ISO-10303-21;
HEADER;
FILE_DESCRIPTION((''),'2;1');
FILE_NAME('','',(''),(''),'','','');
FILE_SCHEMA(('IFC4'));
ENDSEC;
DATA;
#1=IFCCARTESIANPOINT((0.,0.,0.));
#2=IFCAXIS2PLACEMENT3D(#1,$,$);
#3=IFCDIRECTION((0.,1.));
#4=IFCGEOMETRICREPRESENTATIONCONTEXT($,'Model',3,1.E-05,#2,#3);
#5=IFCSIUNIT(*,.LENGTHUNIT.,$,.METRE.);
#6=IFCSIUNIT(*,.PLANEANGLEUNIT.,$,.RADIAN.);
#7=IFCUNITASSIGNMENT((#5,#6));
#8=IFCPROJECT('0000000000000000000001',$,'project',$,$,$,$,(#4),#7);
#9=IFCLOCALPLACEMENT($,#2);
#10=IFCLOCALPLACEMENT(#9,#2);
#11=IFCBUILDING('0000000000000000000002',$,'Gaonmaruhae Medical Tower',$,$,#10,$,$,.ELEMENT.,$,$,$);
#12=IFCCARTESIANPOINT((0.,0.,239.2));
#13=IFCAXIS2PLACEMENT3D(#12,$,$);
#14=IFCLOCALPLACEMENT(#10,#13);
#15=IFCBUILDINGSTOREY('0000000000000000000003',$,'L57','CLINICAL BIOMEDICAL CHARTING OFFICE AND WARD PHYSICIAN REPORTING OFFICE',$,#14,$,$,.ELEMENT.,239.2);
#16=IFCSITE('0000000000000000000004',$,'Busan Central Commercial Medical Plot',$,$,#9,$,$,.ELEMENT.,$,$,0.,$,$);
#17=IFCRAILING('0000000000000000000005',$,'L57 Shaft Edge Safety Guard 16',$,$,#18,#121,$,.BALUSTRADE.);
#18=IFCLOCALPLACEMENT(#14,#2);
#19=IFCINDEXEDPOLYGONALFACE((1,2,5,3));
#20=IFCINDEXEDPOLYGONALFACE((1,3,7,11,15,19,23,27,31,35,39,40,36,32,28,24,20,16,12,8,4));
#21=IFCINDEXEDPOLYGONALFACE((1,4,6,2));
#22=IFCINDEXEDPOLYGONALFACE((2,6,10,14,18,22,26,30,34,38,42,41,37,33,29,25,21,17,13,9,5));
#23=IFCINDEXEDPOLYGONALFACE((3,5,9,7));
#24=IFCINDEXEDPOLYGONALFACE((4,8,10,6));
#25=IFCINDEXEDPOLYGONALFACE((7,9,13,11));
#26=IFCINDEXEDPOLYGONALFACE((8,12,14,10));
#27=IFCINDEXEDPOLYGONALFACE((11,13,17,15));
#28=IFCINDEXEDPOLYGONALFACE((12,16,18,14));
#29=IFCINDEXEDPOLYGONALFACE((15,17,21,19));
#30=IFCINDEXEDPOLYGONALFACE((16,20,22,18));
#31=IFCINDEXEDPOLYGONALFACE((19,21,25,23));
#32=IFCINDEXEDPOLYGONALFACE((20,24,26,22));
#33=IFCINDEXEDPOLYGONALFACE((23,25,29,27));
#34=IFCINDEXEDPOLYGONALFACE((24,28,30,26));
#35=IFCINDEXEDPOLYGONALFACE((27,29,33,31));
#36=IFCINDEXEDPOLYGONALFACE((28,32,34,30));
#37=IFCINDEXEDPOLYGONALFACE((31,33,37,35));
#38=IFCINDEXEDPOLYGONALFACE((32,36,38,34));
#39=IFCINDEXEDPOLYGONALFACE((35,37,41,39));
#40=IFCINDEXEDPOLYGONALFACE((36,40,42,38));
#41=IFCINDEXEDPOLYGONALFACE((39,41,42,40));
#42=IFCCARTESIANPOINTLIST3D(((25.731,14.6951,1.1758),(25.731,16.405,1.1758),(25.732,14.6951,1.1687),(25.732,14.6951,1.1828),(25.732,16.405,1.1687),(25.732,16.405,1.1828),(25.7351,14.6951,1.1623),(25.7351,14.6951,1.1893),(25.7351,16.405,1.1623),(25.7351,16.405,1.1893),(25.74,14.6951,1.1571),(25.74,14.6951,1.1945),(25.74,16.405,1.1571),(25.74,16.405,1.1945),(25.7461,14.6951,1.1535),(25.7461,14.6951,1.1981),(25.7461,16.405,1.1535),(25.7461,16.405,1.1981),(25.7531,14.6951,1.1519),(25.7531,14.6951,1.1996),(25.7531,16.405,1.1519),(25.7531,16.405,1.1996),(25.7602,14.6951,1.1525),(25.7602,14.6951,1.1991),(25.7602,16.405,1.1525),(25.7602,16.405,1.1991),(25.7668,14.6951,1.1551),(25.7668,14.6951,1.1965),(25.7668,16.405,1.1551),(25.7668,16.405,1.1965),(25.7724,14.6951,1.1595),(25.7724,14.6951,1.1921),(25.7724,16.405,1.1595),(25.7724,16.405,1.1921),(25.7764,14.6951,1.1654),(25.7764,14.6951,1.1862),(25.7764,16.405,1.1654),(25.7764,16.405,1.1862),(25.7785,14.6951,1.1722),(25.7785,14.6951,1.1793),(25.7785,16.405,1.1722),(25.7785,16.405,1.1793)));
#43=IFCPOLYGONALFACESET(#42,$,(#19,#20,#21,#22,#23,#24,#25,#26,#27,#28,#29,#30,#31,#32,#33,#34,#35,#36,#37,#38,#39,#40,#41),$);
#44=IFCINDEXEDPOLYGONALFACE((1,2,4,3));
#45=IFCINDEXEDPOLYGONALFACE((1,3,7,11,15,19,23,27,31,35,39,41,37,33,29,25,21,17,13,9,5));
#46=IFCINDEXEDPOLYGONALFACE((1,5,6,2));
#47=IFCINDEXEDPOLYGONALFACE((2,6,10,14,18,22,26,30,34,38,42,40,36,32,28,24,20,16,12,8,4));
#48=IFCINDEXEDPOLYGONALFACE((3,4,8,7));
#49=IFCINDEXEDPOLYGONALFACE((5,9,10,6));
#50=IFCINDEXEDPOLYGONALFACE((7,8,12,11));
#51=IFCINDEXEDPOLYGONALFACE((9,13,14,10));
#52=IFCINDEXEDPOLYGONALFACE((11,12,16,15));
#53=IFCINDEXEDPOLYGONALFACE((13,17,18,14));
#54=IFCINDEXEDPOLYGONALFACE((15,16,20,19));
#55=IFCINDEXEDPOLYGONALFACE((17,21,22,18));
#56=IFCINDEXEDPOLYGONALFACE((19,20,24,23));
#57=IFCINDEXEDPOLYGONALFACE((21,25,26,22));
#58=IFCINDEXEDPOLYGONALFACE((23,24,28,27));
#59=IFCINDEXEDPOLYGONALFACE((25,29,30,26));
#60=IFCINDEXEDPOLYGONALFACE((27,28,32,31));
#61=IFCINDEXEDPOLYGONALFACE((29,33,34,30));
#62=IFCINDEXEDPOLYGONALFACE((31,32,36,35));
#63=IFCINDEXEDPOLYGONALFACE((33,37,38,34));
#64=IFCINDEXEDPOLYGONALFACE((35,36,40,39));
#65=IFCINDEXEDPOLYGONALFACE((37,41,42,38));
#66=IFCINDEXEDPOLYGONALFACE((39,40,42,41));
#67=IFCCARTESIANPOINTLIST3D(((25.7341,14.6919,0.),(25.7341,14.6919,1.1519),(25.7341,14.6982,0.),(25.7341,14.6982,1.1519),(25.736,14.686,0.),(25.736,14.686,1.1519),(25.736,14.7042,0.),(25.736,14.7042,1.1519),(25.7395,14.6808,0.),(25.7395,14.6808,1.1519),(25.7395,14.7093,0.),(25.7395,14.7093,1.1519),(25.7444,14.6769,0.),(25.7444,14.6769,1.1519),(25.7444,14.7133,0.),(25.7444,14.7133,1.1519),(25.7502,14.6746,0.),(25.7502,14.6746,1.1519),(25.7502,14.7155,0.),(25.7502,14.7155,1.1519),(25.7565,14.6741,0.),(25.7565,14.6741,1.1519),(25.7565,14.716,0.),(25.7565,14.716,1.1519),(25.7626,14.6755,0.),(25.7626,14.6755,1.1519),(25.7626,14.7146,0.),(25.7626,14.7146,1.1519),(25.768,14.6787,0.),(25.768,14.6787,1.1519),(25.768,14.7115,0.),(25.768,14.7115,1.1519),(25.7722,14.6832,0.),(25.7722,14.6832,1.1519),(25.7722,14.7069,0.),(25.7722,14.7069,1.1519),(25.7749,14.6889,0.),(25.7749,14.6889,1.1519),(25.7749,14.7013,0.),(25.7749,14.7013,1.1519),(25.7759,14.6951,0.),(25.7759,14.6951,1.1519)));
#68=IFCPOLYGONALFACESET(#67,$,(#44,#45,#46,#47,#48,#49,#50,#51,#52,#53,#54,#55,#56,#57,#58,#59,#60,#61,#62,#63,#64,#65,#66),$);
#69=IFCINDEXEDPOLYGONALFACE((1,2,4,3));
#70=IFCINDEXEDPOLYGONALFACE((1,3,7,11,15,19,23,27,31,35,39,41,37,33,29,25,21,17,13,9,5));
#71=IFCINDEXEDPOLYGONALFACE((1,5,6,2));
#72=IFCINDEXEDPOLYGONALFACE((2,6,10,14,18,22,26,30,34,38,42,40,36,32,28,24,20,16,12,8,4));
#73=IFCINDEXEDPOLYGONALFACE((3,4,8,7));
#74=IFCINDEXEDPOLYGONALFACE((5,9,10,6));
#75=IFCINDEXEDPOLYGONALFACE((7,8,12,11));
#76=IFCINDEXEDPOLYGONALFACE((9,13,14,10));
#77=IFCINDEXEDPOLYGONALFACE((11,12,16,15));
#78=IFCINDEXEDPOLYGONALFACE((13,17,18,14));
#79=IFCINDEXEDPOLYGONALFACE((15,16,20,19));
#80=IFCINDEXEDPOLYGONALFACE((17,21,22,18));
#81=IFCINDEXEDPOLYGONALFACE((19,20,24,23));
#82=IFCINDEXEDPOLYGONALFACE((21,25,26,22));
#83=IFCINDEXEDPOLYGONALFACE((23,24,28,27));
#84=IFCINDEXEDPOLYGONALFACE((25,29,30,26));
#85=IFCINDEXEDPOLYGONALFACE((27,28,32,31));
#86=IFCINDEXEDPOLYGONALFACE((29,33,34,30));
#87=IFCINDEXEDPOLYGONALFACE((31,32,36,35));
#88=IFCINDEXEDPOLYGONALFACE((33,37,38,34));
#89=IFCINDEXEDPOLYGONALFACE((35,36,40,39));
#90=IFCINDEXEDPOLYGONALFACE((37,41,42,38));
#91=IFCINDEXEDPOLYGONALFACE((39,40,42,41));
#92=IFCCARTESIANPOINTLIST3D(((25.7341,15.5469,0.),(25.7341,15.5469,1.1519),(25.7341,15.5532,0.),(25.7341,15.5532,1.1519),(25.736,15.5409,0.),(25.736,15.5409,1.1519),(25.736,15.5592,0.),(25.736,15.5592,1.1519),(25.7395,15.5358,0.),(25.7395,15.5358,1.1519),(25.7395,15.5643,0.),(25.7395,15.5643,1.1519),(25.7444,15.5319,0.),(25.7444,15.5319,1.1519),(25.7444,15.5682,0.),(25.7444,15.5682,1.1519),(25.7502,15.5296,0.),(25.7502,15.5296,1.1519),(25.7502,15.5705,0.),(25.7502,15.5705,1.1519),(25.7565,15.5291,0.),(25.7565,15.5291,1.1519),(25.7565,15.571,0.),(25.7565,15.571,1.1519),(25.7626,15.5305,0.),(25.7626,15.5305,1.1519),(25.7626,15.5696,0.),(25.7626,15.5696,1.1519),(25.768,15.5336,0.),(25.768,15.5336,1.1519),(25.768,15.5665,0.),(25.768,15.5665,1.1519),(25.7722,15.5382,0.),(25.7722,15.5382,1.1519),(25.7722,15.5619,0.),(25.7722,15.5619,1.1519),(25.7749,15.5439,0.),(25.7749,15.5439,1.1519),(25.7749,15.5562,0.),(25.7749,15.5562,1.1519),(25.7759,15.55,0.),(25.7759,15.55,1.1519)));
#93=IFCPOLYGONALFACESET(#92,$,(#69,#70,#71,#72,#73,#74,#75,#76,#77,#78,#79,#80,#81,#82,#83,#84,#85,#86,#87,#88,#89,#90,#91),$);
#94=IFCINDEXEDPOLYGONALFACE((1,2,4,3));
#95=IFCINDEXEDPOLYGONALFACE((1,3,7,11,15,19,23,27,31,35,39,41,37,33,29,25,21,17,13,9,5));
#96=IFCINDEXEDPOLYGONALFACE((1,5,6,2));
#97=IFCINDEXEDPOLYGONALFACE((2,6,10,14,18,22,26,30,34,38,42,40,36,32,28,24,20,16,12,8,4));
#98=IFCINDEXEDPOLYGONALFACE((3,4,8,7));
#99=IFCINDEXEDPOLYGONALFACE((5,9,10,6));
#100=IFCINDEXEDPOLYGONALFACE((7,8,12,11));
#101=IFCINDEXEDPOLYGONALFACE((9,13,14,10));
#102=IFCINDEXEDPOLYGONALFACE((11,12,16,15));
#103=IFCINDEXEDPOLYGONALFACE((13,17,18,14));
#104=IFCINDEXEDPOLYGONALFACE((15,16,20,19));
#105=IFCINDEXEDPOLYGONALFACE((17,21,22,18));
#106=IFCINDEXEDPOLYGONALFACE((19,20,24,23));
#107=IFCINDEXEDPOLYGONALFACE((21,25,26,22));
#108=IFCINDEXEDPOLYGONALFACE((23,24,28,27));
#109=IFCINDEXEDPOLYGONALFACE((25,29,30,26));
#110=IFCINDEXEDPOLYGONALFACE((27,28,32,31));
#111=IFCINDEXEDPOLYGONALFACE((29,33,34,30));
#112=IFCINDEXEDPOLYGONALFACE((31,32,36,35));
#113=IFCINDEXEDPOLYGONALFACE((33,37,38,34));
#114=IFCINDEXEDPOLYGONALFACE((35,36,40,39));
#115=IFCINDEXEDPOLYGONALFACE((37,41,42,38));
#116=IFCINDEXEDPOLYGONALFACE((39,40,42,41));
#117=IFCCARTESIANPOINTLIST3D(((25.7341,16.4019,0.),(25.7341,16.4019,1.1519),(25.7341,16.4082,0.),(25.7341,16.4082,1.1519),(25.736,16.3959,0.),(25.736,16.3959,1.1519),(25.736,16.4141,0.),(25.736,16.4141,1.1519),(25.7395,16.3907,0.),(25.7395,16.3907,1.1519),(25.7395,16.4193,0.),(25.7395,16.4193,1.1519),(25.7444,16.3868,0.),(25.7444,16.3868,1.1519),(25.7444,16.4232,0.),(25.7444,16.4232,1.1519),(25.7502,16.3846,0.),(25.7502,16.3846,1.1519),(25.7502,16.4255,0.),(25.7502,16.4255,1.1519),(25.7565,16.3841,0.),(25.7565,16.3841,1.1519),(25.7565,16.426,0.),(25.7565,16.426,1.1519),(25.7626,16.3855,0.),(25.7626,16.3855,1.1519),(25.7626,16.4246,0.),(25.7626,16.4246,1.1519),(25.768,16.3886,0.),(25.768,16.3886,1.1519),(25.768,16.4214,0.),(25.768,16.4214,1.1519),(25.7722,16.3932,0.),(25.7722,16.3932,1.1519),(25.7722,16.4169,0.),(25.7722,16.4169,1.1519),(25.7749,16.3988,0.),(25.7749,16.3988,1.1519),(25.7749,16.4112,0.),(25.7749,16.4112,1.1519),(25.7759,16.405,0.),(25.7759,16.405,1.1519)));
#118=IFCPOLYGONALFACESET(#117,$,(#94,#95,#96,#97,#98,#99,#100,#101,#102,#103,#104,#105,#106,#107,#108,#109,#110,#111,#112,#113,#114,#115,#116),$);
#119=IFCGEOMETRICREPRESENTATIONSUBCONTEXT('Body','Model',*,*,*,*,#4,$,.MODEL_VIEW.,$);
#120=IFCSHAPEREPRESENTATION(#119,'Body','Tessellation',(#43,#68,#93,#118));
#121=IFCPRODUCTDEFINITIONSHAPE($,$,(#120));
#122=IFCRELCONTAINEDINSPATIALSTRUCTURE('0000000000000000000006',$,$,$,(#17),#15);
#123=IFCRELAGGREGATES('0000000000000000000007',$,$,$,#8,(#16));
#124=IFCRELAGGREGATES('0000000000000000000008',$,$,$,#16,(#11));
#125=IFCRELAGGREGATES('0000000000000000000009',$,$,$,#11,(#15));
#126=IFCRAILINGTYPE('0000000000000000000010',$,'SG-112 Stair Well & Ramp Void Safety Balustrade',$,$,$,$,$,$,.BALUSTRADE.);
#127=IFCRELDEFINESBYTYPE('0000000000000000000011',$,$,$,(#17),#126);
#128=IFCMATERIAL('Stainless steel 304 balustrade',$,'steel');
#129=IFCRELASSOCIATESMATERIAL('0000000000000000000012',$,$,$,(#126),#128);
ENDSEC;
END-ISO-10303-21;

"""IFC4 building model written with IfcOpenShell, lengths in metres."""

from ifc_helpers import new_model, si_unit, direction, frame, origin, origin_2d, place, context, subcontext, project, spatial, circle, extrude, material, type_object, element, save


model = new_model("IFC4")

# Units and contexts
model_context = context("Model", 3, precision=1e-05, world=origin(), true_north=direction((0.0, 1.0)))
body_context = subcontext(model_context, "Body", "Model", "MODEL_VIEW")
ifc_project = project(units=[si_unit("LENGTHUNIT", "METRE"), si_unit("PLANEANGLEUNIT", "RADIAN")], contexts=[model_context])

# Site, building, storey
site_placement = place(None, origin())
site = spatial("IfcSite", under=ifc_project, at=site_placement, Name="Busan Central Commercial Medical Plot", CompositionType="ELEMENT", RefElevation=0.0)
building_placement = place(site_placement, origin())
building = spatial("IfcBuilding", under=site, at=building_placement, Name="Gaonmaruhae Medical Tower", CompositionType="ELEMENT")
storey_placement = place(building_placement, frame((0.0, 0.0, 239.2)))
storey = spatial("IfcBuildingStorey", under=building, at=storey_placement, Name="L57", Description="CLINICAL BIOMEDICAL CHARTING OFFICE AND WARD PHYSICIAN REPORTING OFFICE", CompositionType="ELEMENT", Elevation=239.2)

# Railing
ifc_material_1 = material(Name="Stainless steel 304 balustrade", Category="steel")
railing_type_1 = type_object("IfcRailingType", Name="SG-112 Stair Well & Ramp Void Safety Balustrade", PredefinedType="BALUSTRADE", material=ifc_material_1)
railing_1_placement = place(storey_placement, frame((25.7549, 14.6951, 0.0)))
element("IfcRailing", 1, at=railing_1_placement, inside=storey, type_object=railing_type_1, Name="L57 Shaft Edge Safety Guard 16", PredefinedType="BALUSTRADE", context=body_context, shape_type="SweptSolid", body=[
    extrude(circle(Radius=0.0239, at=origin_2d()), frame((0.0, 0.0, 1.1758), z_axis=(0.0, 1.0, 0.0), x_axis=(-1.0, 0.0, 0.0)), (0.0, 0.0, 1.0), 1.71),
    extrude(circle(Radius=0.021, at=origin_2d()), origin(), (0.0, 0.0, 1.0), 1.1519),
    extrude(circle(Radius=0.021, at=origin_2d()), frame((0.0, 0.855, 0.0)), (0.0, 0.0, 1.0), 1.1519),
    extrude(circle(Radius=0.021, at=origin_2d()), frame((0.0, 1.71, 0.0)), (0.0, 0.0, 1.0), 1.1519),
])

save(model, "model.ifc")
